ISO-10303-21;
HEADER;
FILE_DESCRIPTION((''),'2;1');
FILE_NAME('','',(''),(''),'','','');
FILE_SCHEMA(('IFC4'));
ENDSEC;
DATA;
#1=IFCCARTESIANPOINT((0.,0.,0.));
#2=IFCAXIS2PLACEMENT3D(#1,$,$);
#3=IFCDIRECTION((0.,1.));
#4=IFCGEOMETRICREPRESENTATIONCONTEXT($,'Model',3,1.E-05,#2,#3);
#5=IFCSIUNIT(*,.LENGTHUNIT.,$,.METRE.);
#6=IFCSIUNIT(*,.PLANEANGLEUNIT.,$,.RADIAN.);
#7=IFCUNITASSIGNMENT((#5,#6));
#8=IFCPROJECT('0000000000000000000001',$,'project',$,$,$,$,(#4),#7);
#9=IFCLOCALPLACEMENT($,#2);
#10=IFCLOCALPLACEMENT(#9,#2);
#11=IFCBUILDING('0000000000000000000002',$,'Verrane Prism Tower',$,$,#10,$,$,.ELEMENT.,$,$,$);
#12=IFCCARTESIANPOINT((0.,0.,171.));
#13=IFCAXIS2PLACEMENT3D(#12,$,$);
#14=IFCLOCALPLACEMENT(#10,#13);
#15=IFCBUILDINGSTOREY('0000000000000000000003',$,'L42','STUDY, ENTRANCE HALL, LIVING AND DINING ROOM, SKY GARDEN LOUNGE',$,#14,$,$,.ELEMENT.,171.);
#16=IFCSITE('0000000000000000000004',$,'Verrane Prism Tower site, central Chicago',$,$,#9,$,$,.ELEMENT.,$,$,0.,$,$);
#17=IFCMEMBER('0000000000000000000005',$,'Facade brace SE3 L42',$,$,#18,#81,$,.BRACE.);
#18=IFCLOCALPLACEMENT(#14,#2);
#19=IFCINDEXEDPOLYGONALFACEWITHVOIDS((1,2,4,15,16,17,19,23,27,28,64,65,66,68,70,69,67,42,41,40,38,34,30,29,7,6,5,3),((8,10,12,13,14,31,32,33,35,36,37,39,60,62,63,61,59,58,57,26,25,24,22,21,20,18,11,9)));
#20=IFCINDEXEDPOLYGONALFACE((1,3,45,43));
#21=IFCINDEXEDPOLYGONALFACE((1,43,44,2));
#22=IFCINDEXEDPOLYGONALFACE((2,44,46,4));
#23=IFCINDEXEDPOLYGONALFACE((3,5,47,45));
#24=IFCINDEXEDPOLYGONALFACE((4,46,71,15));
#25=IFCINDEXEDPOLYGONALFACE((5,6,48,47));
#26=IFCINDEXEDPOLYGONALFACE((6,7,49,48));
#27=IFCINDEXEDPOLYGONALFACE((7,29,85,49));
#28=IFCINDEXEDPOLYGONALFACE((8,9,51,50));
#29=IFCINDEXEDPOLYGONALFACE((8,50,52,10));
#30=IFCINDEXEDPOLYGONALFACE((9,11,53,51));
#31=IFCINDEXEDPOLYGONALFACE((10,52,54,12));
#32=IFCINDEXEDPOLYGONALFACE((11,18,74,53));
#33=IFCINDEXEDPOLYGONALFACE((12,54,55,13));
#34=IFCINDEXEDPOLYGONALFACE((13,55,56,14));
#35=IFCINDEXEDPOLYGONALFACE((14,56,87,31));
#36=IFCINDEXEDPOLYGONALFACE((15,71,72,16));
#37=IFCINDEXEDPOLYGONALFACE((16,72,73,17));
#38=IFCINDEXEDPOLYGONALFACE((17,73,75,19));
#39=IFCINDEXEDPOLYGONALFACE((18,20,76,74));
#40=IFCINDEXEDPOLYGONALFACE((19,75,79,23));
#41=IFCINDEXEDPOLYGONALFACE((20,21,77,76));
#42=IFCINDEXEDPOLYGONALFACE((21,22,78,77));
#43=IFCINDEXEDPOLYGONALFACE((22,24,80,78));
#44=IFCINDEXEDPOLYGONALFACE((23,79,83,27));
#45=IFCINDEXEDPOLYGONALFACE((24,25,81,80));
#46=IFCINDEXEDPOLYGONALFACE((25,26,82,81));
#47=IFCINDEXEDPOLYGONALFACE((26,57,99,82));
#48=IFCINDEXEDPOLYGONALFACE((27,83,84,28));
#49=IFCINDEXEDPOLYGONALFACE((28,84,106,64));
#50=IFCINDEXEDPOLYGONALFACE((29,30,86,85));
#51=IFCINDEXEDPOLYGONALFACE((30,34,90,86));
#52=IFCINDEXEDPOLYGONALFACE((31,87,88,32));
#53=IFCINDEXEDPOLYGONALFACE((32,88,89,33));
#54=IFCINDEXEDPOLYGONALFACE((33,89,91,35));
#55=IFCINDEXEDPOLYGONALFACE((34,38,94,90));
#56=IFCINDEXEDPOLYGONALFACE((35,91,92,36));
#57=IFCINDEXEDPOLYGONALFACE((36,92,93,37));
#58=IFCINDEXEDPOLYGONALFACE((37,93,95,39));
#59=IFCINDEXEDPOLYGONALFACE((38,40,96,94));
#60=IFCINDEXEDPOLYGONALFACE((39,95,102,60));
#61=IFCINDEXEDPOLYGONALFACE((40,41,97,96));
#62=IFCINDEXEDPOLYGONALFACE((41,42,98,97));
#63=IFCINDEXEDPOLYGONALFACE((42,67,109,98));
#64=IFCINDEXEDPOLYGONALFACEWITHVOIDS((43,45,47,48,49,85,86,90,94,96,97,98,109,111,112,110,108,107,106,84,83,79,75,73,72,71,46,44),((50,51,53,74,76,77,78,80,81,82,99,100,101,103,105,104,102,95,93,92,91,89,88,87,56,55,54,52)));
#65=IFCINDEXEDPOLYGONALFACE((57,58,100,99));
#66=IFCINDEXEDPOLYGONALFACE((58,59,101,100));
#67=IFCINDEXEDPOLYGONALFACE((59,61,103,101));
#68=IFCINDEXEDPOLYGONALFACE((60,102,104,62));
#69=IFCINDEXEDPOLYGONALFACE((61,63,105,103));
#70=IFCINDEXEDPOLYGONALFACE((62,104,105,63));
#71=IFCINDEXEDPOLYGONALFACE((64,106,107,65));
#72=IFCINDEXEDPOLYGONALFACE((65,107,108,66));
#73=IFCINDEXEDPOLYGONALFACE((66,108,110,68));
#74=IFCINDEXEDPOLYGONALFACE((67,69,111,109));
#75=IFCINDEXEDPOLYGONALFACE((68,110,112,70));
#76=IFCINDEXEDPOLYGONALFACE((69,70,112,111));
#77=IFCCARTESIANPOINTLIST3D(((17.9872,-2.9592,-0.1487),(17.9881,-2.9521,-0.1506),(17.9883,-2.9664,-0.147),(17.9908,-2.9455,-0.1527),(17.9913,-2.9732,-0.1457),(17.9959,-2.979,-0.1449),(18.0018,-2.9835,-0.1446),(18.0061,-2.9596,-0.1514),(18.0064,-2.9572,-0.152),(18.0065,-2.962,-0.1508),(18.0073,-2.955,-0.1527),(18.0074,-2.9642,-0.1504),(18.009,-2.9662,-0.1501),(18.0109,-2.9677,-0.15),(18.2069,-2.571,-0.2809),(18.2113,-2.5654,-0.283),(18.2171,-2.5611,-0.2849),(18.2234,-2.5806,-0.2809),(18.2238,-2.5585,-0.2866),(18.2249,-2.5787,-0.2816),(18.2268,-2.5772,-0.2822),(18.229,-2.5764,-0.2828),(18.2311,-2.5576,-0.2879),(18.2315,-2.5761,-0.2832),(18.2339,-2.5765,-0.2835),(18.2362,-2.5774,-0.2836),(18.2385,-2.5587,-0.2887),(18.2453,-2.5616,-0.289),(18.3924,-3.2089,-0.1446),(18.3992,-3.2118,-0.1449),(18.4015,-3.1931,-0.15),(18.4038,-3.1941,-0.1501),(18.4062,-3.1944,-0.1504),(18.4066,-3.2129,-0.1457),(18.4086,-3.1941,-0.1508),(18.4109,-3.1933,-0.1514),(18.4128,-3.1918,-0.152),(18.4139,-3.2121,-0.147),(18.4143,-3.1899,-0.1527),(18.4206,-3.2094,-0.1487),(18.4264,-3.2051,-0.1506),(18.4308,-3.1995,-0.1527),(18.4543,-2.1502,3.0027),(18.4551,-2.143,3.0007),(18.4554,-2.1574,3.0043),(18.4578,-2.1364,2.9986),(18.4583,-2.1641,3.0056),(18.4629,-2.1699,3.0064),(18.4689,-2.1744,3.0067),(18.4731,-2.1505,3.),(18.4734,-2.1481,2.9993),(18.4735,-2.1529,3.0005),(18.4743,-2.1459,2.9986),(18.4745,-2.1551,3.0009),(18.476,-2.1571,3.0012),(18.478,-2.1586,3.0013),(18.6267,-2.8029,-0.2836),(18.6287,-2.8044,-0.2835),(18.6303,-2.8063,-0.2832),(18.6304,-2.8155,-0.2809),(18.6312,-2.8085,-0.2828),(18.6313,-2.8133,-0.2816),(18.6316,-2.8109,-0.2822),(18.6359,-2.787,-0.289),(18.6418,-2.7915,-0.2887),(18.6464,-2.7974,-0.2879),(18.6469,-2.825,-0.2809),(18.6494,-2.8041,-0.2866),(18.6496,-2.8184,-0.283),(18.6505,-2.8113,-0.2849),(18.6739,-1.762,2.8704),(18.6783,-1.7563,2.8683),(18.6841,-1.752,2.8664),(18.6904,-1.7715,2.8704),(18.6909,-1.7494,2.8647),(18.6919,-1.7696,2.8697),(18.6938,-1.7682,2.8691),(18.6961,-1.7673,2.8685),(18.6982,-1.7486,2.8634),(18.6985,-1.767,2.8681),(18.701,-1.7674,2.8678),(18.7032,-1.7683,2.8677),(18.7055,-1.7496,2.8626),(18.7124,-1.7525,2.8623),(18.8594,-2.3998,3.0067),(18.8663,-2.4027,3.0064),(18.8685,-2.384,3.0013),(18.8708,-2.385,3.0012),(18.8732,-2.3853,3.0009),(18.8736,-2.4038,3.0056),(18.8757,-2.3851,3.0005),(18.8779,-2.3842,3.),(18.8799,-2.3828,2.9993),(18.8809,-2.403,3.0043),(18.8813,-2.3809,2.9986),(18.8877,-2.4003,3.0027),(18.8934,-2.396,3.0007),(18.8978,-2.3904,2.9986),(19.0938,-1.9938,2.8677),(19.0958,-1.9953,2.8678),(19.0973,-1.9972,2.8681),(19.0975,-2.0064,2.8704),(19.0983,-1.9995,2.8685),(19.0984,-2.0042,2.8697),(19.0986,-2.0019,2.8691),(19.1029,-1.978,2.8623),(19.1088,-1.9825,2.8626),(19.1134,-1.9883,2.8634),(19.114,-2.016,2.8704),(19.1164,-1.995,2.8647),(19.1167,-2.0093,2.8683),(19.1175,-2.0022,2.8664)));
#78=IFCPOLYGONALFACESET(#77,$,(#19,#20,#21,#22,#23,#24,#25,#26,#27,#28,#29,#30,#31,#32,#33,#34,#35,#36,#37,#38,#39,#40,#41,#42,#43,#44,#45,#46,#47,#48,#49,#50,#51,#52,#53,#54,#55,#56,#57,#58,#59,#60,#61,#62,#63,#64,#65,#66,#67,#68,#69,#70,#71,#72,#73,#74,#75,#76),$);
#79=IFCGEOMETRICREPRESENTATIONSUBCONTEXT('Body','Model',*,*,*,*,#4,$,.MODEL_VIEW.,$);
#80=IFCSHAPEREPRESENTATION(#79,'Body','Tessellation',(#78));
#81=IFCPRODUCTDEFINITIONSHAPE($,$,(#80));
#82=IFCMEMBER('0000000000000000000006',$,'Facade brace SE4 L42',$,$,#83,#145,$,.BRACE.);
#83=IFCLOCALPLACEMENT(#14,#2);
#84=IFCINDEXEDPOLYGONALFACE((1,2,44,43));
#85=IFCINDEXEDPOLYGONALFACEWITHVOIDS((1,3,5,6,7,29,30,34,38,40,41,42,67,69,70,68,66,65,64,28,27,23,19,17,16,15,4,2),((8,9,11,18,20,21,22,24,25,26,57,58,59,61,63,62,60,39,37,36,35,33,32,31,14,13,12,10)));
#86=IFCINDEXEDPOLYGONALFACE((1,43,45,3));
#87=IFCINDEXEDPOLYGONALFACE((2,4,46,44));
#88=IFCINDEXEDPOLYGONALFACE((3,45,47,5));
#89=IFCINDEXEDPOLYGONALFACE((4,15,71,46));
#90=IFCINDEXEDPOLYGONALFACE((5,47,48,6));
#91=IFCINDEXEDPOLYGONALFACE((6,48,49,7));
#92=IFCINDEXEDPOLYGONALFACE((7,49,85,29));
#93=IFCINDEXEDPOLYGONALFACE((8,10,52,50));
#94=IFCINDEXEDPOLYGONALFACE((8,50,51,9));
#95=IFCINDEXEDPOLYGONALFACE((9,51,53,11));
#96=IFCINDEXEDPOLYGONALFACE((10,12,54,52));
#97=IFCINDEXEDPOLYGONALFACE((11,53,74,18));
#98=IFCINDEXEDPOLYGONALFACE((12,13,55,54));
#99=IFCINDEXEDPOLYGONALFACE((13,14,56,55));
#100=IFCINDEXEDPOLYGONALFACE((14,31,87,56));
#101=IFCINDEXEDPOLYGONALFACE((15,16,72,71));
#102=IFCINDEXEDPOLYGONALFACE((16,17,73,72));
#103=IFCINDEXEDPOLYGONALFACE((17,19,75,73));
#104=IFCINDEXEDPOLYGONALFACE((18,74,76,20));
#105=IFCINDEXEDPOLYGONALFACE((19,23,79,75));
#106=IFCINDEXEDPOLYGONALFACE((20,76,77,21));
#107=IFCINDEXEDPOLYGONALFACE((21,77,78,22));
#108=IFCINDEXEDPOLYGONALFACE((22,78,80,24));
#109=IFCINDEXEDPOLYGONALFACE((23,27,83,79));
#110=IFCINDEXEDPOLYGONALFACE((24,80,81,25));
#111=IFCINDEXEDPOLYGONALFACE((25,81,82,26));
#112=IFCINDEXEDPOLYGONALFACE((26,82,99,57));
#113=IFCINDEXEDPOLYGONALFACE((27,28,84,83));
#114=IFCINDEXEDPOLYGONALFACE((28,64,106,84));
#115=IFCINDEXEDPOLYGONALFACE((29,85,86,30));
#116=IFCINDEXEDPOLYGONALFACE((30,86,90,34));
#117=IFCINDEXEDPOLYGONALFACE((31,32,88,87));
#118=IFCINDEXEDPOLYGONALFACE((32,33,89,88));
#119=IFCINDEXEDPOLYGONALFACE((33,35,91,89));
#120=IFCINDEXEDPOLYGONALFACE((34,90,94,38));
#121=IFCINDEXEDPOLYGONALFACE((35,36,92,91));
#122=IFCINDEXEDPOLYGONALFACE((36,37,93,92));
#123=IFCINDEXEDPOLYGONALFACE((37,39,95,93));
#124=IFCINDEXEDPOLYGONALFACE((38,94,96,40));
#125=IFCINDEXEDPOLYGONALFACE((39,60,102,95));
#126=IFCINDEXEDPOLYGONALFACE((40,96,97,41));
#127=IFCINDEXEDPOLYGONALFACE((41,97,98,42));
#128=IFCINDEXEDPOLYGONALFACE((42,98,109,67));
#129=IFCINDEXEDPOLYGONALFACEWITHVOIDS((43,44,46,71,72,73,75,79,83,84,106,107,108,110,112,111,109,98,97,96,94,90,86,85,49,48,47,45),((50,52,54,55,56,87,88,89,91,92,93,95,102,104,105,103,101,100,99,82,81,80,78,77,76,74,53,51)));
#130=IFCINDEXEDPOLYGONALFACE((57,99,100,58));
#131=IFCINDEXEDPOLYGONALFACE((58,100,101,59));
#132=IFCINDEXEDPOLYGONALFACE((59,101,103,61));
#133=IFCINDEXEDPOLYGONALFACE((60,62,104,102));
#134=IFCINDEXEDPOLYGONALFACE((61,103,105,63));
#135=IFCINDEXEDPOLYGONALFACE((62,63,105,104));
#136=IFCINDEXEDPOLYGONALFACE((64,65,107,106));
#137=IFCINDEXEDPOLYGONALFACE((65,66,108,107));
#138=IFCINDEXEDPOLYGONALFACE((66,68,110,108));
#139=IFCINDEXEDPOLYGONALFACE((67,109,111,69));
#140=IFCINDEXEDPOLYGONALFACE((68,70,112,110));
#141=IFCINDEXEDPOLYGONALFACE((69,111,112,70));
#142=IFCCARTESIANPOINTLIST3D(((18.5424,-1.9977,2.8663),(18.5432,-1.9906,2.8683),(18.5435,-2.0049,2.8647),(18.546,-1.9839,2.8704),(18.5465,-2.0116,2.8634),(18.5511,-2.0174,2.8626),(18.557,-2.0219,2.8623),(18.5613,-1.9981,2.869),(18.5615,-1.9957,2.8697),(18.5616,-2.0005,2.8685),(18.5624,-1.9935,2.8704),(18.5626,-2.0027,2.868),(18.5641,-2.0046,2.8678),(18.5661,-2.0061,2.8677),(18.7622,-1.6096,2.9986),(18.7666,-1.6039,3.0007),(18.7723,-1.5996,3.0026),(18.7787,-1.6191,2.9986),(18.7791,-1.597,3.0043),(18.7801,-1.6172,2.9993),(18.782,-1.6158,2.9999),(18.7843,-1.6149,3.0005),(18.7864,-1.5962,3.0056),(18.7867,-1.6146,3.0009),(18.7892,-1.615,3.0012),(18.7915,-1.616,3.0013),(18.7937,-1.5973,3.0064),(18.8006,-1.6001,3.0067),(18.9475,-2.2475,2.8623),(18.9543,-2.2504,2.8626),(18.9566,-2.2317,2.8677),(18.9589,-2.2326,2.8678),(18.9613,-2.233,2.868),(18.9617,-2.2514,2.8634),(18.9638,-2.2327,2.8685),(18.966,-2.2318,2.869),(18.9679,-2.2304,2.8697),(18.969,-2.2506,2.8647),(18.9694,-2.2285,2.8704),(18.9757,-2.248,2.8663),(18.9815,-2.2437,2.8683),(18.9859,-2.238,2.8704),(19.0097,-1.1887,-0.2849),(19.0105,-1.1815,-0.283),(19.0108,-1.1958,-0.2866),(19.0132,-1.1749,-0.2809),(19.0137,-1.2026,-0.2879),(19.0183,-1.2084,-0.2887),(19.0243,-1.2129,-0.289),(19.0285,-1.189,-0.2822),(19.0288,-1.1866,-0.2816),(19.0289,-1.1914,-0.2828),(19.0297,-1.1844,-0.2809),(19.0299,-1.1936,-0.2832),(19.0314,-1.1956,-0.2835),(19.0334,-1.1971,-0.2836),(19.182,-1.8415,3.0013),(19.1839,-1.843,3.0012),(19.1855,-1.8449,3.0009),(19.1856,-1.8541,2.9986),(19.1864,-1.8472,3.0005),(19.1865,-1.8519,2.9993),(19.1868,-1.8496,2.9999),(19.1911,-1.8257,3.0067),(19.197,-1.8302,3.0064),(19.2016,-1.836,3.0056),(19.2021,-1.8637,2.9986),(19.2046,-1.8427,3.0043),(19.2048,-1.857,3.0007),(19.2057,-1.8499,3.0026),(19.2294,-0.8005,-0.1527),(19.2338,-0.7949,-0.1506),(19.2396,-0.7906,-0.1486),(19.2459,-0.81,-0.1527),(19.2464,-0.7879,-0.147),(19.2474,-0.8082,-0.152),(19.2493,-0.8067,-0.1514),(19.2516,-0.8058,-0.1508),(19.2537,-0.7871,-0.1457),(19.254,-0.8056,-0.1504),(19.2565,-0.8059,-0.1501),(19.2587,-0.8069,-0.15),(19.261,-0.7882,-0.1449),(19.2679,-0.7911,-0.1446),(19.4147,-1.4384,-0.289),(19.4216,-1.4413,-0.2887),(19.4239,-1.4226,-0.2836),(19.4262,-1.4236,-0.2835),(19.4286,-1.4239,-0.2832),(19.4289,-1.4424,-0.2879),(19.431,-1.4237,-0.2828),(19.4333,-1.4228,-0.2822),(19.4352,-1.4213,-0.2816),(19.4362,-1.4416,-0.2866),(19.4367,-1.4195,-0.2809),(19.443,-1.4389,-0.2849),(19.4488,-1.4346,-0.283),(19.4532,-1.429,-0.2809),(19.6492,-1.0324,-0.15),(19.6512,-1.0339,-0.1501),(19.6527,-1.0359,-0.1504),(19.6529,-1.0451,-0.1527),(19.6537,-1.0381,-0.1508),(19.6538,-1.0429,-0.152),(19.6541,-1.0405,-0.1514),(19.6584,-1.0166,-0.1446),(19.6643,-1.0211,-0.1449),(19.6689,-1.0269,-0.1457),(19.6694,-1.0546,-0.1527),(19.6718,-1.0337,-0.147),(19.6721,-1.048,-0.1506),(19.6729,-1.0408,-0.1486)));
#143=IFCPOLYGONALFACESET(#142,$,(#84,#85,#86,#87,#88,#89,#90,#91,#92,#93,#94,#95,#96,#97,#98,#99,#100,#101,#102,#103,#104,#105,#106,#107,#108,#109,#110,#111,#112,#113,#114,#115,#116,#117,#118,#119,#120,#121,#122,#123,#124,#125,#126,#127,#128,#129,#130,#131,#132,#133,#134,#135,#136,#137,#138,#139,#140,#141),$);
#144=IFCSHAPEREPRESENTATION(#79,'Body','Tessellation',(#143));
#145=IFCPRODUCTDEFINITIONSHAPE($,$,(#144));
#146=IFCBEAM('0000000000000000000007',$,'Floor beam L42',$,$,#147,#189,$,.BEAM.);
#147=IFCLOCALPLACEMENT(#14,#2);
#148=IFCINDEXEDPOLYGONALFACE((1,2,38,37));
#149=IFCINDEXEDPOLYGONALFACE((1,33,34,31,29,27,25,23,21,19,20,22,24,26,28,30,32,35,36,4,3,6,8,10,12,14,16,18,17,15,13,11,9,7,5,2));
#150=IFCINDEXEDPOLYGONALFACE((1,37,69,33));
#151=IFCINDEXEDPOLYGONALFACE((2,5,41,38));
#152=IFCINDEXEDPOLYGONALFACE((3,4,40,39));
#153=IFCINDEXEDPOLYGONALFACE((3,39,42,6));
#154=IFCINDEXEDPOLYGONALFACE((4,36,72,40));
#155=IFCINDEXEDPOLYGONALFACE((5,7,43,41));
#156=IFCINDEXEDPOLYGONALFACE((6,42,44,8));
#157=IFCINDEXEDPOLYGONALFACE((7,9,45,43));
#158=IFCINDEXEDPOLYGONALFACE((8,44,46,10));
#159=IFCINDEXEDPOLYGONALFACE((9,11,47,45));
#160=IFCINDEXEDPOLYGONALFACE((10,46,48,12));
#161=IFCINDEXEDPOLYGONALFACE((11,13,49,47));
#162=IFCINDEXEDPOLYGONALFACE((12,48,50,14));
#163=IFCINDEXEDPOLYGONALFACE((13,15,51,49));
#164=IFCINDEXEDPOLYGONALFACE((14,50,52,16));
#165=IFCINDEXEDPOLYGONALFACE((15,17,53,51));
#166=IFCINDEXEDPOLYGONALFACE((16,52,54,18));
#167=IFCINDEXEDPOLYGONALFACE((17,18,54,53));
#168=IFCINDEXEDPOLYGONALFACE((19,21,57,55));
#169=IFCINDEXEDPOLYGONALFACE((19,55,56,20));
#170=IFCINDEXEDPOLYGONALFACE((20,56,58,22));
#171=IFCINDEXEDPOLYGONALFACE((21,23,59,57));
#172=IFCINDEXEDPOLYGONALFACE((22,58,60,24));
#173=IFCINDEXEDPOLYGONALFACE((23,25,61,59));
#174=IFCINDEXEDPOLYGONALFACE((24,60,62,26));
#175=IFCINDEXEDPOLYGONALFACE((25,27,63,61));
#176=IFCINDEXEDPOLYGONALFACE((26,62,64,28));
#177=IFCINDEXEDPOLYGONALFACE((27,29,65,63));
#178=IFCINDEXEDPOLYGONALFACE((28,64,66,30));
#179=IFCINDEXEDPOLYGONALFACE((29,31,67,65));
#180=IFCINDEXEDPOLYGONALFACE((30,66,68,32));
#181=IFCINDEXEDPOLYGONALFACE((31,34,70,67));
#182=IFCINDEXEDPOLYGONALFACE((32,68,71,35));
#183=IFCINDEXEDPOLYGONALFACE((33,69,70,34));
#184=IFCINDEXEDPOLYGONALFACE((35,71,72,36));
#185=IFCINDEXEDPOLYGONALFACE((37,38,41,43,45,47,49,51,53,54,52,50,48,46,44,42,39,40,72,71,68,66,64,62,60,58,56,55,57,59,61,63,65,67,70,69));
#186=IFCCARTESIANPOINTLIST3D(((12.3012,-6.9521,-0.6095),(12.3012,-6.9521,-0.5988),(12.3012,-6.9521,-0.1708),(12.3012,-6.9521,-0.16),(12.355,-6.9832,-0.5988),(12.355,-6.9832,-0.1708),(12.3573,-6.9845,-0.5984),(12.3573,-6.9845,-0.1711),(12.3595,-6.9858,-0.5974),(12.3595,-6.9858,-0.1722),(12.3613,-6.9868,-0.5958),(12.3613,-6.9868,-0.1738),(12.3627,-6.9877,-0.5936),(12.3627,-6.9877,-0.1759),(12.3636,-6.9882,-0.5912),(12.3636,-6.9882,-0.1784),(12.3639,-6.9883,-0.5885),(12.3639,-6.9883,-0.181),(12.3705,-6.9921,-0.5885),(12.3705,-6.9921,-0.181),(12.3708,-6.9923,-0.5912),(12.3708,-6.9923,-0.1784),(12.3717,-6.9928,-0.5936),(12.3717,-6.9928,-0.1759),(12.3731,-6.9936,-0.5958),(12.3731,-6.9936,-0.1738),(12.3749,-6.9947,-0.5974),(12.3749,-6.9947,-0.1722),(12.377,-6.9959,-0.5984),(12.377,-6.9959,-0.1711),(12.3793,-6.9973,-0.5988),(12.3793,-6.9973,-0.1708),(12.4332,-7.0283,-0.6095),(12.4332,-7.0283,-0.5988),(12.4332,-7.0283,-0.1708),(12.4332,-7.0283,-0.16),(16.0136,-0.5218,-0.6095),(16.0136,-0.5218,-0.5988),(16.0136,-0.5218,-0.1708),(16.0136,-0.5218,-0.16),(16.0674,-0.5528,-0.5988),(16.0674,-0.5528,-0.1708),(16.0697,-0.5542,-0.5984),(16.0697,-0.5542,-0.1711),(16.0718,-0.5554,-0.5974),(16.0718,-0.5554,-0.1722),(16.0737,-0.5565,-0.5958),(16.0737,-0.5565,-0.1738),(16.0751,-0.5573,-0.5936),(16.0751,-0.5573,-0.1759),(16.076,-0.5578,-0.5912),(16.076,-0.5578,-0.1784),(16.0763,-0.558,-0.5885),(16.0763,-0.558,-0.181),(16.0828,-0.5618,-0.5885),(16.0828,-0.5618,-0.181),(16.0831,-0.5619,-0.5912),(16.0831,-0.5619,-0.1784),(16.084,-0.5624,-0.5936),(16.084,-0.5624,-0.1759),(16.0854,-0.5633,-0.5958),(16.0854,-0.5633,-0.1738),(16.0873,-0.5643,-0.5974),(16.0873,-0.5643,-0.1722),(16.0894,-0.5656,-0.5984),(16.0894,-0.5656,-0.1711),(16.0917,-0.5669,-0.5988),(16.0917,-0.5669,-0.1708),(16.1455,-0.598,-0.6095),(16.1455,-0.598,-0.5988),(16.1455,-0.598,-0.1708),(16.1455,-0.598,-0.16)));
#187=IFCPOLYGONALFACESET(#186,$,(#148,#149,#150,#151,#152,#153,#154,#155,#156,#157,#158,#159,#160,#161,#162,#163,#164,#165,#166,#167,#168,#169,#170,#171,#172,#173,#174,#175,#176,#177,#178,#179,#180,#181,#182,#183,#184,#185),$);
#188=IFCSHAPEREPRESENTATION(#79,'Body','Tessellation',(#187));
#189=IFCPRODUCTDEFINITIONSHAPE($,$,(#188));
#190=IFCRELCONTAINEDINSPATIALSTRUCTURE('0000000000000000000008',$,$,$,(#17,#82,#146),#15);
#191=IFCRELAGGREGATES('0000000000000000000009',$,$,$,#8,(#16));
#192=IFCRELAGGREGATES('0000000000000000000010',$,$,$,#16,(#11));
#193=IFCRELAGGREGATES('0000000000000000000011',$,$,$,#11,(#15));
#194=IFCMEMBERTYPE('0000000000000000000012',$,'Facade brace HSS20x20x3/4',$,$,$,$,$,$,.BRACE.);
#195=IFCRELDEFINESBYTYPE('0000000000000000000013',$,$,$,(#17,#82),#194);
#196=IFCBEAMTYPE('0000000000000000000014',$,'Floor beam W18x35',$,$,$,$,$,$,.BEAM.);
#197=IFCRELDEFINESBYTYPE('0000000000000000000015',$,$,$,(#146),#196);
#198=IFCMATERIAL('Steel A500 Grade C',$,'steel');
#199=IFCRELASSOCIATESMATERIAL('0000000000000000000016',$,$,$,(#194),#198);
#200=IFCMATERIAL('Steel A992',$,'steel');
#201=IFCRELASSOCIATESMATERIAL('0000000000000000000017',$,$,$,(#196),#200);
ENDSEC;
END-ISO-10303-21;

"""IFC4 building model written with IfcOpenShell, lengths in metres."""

from ifc_helpers import new_model, si_unit, direction, frame, origin, origin_2d, place, context, subcontext, project, spatial, hollow_rectangle, i_section, extrude, material, material_profile, profile_set, type_object, element, save


model = new_model("IFC4")

# Units and contexts
model_context = context("Model", 3, precision=1e-05, world=origin(), true_north=direction((0.0, 1.0)))
body_context = subcontext(model_context, "Body", "Model", "MODEL_VIEW")
ifc_project = project(units=[si_unit("LENGTHUNIT", "METRE"), si_unit("PLANEANGLEUNIT", "RADIAN")], contexts=[model_context])

# Site, building, storey
site_placement = place(None, origin())
site = spatial("IfcSite", under=ifc_project, at=site_placement, Name="Verrane Prism Tower site, central Chicago", CompositionType="ELEMENT", RefElevation=0.0)
building_placement = place(site_placement, origin())
building = spatial("IfcBuilding", under=site, at=building_placement, Name="Verrane Prism Tower", CompositionType="ELEMENT")
storey_placement = place(building_placement, frame((0.0, 0.0, 171.0)))
storey = spatial("IfcBuildingStorey", under=building, at=storey_placement, Name="L42", Description="STUDY, ENTRANCE HALL, LIVING AND DINING ROOM, SKY GARDEN LOUNGE", CompositionType="ELEMENT", Elevation=171.0)

# Members
ifc_material_1 = material(Name="Steel A500 Grade C", Category="steel")
ifc_material_profile_1 = material_profile(ifc_material_1, hollow_rectangle(XDim=0.5081, YDim=0.5081, WallThickness=0.019, InnerFilletRadius=0.0095, OuterFilletRadius=0.0286, at=origin_2d()), Name="HSS20x20x3/4")
ifc_profile_set_1 = profile_set([ifc_material_profile_1], Name="Steel A500 Grade C")
member_type_1 = type_object("IfcMemberType", Name="Facade brace HSS20x20x3/4", PredefinedType="BRACE", material=ifc_profile_set_1)
for number, where, z_axis, x_axis, name in (
    (1, (18.3188, -2.8853, -0.2168), (0.142091, 0.246152, 0.958759), (-0.866064, 0.499934, 0.0), "Facade brace SE3 L42"),
    (2, (19.3413, -1.1147, -0.2168), (-0.142163, -0.246149, 0.958749), (0.865951, -0.50013, 0.0), "Facade brace SE4 L42"),
):
    element("IfcMember", number, at=place(storey_placement, frame(where, z_axis=z_axis, x_axis=x_axis)), inside=storey, type_object=member_type_1, Name=name, PredefinedType="BRACE", context=body_context, shape_type="SweptSolid", body=[
        extrude(hollow_rectangle(XDim=0.5081, YDim=0.5081, WallThickness=0.019, InnerFilletRadius=0.0095, OuterFilletRadius=0.0286, at=origin_2d()), origin(), (0.0, 0.0, 1.0), 3.2869),
    ])

# Beam
ifc_material_2 = material(Name="Steel A992", Category="steel")
ifc_material_profile_2 = material_profile(ifc_material_2, i_section(OverallWidth=0.1523, OverallDepth=0.4495, WebThickness=0.0076, FlangeThickness=0.0107, FilletRadius=0.0103, at=origin_2d()), Name="W18x35")
ifc_profile_set_2 = profile_set([ifc_material_profile_2], Name="Steel A992")
beam_type_1 = type_object("IfcBeamType", Name="Floor beam W18x35", PredefinedType="BEAM", material=ifc_profile_set_2)
for number, where, z_axis, x_axis, name in (
    (3, (12.3672, -6.9902, -0.3848), (0.49998, 0.866037, 0.0), (-0.866037, 0.49998, 0.0), "Floor beam L42"),
):
    element("IfcBeam", number, at=place(storey_placement, frame(where, z_axis=z_axis, x_axis=x_axis)), inside=storey, type_object=beam_type_1, Name=name, PredefinedType="BEAM", context=body_context, shape_type="SweptSolid", body=[
        extrude(i_section(OverallWidth=0.1523, OverallDepth=0.4495, WebThickness=0.0076, FlangeThickness=0.0107, FilletRadius=0.0103, at=origin_2d()), origin(), (0.0, 0.0, 1.0), 7.425),
    ])

save(model, "model.ifc")
